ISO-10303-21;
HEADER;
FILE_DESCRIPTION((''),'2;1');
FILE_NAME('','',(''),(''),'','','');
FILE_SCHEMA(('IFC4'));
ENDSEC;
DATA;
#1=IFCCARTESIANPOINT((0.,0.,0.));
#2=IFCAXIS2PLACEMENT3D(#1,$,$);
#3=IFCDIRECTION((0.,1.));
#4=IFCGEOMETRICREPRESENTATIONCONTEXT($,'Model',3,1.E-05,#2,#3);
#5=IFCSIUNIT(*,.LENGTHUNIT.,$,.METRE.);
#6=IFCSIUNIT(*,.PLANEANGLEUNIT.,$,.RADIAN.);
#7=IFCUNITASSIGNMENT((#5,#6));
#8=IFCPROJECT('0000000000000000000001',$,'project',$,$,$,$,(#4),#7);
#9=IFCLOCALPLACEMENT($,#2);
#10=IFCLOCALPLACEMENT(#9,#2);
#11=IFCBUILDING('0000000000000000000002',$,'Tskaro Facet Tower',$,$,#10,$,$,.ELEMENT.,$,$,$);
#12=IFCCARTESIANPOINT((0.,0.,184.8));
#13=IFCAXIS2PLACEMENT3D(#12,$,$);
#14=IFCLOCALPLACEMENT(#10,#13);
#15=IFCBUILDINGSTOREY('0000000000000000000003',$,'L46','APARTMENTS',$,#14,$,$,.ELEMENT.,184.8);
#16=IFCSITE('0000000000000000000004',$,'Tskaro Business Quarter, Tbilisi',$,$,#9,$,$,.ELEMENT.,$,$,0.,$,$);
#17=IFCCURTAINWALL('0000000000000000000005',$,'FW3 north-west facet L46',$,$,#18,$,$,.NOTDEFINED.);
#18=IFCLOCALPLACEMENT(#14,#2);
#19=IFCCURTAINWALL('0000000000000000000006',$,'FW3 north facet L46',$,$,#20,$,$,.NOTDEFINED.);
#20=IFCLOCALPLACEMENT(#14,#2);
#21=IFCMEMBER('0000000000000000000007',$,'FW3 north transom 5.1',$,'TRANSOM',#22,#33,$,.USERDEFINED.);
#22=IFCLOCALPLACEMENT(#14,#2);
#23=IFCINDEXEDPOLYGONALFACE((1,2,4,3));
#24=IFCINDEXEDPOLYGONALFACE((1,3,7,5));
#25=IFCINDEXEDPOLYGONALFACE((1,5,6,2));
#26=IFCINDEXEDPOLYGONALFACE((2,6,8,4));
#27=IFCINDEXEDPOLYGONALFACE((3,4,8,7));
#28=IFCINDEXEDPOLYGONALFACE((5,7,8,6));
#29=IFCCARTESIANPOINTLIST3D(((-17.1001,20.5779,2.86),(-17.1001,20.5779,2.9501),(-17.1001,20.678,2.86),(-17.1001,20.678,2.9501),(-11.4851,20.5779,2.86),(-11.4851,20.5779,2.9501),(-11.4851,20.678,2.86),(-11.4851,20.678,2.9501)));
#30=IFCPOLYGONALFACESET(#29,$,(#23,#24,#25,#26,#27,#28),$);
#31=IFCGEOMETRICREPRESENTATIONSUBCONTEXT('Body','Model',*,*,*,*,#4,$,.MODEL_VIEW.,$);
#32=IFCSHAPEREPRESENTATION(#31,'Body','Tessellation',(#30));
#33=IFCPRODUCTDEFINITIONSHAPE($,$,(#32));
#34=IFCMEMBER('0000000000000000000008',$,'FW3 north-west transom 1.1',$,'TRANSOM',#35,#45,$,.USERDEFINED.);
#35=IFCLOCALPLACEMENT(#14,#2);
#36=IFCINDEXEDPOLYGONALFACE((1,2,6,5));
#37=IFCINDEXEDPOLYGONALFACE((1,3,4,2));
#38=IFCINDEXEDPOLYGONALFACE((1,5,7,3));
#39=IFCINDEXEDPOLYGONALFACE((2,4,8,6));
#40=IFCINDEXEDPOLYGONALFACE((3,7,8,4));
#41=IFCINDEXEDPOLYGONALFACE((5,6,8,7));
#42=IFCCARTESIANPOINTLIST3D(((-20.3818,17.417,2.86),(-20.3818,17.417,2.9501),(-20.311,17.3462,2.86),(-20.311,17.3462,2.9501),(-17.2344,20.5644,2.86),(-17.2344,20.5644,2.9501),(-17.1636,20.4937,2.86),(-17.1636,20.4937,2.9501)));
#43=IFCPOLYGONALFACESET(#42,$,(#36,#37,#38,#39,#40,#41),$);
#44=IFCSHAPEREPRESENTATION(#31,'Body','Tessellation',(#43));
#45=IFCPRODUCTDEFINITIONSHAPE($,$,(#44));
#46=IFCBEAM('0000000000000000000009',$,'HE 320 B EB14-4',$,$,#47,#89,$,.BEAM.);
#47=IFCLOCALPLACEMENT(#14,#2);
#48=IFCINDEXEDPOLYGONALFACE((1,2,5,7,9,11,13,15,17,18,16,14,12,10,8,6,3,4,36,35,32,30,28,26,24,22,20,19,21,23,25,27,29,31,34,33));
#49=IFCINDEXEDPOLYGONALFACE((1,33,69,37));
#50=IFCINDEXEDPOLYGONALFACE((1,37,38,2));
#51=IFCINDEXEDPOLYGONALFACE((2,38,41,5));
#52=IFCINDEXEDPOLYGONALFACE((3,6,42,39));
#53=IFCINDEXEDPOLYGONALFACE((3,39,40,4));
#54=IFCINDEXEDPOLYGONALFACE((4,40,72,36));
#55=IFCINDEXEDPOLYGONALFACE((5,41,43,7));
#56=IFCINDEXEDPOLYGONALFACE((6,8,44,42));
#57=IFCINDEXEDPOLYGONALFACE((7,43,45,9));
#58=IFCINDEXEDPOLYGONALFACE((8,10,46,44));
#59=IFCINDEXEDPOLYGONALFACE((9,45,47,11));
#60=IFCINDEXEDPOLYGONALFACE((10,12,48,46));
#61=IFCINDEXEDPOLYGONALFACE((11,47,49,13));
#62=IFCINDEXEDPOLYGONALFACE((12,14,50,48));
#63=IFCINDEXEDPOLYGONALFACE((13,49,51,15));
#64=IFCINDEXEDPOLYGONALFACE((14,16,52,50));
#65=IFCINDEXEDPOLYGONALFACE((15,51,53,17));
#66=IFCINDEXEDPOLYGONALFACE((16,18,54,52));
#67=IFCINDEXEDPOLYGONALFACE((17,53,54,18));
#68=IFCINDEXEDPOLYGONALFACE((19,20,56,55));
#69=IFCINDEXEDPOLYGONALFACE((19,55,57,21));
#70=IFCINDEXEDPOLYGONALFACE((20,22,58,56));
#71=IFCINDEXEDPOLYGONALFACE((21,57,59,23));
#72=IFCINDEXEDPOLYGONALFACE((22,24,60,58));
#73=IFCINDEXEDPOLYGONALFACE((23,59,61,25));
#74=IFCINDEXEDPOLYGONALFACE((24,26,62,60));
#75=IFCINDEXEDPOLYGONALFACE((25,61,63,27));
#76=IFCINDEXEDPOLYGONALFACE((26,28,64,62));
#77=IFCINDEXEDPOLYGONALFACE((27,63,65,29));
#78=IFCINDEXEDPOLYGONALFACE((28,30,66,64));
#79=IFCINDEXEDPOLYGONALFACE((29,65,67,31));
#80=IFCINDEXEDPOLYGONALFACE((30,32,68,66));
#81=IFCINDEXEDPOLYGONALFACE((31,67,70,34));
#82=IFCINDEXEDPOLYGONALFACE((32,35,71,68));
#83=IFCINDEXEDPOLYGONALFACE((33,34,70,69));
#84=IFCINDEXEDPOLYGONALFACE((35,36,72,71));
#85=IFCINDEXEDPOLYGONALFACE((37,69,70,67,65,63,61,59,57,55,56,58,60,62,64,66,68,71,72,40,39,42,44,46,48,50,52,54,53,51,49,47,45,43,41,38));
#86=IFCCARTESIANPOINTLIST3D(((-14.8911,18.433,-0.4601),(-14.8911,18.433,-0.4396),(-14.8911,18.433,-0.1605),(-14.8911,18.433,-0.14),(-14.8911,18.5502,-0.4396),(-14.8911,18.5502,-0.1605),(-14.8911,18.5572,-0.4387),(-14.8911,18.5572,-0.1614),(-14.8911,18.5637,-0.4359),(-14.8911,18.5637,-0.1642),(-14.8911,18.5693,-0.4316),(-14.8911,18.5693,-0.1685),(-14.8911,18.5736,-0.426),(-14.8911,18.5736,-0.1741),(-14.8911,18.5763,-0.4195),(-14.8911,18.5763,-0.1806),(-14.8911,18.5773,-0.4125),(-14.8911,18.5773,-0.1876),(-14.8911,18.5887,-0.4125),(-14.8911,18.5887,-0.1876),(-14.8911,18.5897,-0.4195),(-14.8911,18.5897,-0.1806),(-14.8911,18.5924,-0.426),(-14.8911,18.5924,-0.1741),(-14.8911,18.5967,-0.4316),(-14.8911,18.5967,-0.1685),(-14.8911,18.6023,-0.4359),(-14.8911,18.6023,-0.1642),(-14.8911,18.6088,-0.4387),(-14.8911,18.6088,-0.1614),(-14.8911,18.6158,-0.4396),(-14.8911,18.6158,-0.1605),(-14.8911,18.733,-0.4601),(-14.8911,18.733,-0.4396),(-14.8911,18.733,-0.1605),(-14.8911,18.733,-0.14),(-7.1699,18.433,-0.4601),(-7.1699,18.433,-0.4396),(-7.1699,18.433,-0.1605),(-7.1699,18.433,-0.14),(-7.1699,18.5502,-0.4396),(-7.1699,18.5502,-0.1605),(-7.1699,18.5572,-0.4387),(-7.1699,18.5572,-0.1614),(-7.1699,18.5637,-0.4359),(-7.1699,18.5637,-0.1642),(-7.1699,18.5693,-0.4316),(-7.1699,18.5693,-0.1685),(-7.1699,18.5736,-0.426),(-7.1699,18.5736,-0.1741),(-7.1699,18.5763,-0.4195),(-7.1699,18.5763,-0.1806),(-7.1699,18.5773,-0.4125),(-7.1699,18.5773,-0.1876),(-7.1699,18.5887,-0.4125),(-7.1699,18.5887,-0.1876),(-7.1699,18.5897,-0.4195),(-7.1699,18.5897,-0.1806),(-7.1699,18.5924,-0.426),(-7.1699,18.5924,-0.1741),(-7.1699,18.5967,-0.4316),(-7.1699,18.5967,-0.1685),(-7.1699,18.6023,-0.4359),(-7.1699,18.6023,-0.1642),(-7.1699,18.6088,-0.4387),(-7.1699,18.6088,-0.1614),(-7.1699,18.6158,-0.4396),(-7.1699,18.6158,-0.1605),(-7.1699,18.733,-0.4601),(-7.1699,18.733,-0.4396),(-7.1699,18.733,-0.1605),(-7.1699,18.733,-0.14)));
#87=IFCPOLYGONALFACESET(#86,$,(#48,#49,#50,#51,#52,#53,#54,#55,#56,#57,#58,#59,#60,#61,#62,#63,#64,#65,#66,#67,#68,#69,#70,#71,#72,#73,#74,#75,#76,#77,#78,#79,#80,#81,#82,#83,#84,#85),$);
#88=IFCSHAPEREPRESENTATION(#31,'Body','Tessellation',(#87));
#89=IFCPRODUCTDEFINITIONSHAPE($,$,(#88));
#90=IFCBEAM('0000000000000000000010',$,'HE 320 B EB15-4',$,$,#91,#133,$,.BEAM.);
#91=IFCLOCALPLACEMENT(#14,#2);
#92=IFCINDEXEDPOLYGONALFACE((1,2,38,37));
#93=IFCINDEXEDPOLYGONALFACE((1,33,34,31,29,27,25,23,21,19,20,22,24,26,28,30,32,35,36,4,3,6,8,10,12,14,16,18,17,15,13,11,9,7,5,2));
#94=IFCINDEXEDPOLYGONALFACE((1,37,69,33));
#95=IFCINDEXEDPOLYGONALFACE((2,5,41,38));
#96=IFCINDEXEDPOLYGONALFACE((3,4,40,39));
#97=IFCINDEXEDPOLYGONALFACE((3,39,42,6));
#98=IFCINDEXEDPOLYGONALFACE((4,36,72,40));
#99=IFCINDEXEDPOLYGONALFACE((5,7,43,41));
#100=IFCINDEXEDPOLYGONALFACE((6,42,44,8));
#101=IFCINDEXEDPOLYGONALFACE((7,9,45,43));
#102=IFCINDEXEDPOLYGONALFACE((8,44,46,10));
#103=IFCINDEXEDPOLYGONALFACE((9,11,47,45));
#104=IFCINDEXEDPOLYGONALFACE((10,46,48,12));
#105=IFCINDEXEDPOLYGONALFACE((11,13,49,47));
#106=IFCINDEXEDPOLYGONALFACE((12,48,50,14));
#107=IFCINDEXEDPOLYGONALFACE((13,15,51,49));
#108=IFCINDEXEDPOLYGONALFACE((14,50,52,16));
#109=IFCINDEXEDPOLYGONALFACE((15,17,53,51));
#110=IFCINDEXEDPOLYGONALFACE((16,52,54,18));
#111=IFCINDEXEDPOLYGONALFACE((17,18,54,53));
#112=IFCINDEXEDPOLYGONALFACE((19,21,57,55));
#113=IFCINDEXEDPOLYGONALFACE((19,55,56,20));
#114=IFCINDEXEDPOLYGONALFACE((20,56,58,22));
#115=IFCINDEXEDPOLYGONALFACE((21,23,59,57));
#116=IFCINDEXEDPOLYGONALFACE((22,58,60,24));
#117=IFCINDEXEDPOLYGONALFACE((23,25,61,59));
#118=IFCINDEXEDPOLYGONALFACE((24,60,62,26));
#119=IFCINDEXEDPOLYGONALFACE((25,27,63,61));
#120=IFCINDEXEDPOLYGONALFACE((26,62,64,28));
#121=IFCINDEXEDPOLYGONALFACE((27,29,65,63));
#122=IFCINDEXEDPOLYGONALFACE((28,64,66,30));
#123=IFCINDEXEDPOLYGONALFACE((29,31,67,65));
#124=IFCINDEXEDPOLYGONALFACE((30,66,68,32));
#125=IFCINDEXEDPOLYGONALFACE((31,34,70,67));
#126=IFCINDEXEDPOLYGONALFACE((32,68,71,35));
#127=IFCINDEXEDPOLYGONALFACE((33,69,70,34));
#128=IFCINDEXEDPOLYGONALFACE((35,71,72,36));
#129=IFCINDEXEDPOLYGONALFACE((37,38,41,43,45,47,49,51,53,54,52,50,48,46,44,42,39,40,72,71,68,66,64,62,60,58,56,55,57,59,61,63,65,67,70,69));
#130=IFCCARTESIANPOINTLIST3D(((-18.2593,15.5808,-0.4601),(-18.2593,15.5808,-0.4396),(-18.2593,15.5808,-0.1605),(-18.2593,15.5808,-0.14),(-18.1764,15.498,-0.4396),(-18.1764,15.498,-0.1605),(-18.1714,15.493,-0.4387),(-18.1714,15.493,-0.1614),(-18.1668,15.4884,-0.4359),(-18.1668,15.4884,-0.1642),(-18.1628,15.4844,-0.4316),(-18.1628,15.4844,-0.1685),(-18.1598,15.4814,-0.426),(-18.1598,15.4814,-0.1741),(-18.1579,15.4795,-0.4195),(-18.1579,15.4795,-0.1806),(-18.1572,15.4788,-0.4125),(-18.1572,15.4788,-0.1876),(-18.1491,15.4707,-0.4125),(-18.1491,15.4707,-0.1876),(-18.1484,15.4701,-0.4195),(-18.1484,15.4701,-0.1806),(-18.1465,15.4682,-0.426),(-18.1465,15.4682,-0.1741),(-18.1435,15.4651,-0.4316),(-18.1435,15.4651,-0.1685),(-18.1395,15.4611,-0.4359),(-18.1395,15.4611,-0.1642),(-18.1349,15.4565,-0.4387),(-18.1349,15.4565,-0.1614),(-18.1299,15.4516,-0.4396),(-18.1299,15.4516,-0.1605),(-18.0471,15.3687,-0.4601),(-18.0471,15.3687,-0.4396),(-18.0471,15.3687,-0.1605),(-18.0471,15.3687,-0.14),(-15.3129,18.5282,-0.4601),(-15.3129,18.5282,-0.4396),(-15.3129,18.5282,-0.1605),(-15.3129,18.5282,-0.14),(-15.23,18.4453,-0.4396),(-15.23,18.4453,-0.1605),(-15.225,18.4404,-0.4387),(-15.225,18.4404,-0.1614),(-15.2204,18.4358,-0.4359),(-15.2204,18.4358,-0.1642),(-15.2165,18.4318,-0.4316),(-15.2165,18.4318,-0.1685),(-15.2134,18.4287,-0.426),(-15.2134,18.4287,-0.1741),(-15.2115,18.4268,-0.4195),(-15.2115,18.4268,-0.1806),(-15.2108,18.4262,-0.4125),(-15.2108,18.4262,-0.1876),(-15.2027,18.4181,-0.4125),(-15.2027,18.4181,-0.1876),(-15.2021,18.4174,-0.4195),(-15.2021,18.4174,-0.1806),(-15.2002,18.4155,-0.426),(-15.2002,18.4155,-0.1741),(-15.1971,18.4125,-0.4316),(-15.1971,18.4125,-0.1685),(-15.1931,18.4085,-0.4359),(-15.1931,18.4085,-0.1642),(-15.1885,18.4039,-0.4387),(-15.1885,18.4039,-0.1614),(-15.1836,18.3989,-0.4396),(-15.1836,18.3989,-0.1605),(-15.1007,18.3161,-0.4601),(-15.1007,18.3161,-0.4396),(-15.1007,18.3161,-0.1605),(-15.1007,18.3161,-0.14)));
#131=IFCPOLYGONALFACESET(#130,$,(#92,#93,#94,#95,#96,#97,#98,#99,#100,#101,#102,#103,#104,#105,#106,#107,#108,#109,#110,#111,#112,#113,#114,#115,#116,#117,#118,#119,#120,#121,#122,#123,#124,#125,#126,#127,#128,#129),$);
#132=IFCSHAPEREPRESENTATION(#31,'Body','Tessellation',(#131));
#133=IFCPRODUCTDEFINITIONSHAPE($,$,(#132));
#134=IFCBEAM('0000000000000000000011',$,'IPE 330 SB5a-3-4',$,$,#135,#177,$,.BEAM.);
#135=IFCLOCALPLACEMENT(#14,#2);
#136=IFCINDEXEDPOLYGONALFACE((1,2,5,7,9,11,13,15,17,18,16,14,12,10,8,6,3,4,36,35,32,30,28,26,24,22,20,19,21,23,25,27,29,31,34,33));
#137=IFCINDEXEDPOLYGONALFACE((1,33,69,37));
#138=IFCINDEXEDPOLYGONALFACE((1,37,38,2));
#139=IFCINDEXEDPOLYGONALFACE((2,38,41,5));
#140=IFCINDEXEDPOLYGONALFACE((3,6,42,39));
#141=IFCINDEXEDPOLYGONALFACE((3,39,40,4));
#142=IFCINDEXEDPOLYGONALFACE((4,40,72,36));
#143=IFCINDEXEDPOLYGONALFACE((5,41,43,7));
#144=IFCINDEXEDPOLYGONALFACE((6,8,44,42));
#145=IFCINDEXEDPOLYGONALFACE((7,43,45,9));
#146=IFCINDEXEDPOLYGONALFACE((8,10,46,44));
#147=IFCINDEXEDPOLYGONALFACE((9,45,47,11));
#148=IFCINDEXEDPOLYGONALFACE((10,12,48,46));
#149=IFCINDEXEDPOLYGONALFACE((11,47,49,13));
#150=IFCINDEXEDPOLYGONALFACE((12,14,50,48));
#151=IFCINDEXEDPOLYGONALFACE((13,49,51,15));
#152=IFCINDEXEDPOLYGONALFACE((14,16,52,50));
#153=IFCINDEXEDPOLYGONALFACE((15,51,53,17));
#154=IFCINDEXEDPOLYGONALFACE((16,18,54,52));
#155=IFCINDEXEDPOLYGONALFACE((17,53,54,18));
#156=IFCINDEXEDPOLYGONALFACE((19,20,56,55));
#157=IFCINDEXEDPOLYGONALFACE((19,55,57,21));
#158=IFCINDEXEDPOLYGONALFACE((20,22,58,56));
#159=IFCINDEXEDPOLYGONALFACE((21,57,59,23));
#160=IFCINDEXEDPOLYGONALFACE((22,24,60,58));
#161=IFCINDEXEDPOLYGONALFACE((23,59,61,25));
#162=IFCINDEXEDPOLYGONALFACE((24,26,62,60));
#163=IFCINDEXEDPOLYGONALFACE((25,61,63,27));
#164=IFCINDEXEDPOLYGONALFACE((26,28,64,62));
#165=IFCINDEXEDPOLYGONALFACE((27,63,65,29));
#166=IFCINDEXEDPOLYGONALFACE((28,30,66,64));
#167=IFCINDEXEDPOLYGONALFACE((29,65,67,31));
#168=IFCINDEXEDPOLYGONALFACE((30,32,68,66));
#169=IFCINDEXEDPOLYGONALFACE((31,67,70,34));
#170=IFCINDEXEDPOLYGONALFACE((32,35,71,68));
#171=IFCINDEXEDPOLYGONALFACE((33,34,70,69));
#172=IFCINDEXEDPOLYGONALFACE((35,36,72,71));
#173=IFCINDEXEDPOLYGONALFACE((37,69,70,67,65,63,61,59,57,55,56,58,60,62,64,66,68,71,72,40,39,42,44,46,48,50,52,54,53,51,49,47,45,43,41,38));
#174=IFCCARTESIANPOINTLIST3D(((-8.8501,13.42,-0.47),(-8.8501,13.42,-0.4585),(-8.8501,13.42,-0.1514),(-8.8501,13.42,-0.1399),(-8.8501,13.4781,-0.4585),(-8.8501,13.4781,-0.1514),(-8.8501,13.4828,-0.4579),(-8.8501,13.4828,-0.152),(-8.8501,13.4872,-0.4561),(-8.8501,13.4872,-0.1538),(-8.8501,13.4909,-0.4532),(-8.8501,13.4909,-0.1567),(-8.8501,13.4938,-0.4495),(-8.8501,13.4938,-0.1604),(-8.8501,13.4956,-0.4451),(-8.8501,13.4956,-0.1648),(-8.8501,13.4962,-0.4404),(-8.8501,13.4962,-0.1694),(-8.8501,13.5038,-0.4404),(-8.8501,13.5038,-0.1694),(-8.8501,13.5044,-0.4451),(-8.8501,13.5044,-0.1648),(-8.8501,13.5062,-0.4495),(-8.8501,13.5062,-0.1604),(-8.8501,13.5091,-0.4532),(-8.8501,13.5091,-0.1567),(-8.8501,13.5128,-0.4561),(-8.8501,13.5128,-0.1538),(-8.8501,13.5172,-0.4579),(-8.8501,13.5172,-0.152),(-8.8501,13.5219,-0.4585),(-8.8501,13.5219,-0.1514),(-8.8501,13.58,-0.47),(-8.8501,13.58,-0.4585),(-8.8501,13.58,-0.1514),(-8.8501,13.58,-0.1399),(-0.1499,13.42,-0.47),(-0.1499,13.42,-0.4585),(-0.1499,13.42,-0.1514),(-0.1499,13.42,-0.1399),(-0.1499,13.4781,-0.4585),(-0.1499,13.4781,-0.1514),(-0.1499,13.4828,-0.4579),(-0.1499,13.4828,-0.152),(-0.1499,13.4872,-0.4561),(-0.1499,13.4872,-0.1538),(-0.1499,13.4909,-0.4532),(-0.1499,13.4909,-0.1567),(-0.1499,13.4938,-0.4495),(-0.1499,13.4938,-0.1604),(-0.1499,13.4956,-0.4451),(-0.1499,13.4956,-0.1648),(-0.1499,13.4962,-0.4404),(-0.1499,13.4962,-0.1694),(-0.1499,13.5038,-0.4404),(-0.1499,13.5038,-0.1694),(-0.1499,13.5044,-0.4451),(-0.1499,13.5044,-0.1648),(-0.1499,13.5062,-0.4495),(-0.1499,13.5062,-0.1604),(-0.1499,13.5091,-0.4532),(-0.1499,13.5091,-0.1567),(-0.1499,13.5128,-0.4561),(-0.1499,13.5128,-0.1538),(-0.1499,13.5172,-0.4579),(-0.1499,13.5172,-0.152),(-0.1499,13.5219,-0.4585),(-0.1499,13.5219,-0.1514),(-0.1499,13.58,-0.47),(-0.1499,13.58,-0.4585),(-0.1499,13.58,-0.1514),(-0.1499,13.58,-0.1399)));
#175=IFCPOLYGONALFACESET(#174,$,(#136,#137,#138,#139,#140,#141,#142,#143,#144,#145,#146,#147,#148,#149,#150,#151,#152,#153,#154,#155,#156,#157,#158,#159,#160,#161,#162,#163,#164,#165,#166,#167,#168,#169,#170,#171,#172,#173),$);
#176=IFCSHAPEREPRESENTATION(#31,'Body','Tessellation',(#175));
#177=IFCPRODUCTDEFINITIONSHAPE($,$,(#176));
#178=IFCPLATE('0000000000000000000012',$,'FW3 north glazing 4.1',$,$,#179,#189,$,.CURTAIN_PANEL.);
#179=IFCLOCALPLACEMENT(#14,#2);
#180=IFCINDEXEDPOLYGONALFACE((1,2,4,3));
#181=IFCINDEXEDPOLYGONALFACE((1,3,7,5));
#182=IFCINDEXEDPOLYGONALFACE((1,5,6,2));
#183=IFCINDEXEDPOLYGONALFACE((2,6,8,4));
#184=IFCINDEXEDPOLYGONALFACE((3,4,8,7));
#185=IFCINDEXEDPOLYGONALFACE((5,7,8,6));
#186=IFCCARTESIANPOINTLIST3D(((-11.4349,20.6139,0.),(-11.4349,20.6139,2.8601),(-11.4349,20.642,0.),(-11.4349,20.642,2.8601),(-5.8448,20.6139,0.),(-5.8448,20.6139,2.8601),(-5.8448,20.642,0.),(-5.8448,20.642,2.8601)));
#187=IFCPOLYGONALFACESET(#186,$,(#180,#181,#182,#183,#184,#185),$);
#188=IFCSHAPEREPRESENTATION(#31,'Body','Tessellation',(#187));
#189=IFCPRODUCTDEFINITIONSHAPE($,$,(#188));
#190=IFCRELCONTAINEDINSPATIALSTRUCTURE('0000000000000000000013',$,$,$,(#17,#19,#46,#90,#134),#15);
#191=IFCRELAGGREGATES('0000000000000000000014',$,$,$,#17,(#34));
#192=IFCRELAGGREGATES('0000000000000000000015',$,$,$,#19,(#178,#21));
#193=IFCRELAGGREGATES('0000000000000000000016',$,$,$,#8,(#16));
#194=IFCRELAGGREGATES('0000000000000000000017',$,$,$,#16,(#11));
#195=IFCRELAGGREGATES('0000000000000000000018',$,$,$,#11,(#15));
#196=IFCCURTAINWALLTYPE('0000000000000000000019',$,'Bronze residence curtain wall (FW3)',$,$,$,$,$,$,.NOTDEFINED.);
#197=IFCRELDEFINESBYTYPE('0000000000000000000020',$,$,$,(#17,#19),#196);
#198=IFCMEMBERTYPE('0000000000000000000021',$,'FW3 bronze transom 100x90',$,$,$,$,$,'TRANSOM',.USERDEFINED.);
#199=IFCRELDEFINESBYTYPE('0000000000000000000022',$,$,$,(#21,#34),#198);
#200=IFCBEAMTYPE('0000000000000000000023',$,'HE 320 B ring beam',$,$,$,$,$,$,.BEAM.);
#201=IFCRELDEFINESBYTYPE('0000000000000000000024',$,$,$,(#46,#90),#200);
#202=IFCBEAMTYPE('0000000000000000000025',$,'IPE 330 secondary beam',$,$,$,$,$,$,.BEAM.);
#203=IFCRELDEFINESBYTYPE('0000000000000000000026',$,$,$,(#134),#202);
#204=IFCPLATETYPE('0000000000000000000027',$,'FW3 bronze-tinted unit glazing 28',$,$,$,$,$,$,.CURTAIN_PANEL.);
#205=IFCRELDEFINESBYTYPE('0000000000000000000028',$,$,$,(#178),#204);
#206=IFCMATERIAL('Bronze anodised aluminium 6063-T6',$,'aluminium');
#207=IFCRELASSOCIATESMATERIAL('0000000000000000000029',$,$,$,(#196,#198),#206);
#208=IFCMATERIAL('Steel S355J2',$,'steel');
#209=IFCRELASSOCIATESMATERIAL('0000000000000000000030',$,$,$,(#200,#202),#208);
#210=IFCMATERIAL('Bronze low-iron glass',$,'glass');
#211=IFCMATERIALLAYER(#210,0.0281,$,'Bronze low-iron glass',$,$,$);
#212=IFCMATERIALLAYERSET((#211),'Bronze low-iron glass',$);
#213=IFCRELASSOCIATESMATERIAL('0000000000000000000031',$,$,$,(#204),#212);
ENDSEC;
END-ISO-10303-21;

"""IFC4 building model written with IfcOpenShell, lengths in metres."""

from ifc_helpers import new_model, si_unit, direction, frame, origin, origin_2d, place, context, subcontext, project, spatial, rectangle, i_section, extrude, material, layer, layer_set, material_profile, profile_set, type_object, element, aggregate, save


model = new_model("IFC4")

# Units and contexts
model_context = context("Model", 3, precision=1e-05, world=origin(), true_north=direction((0.0, 1.0)))
body_context = subcontext(model_context, "Body", "Model", "MODEL_VIEW")
ifc_project = project(units=[si_unit("LENGTHUNIT", "METRE"), si_unit("PLANEANGLEUNIT", "RADIAN")], contexts=[model_context])

# Site, building, storey
site_placement = place(None, origin())
site = spatial("IfcSite", under=ifc_project, at=site_placement, Name="Tskaro Business Quarter, Tbilisi", CompositionType="ELEMENT", RefElevation=0.0)
building_placement = place(site_placement, origin())
building = spatial("IfcBuilding", under=site, at=building_placement, Name="Tskaro Facet Tower", CompositionType="ELEMENT")
storey_placement = place(building_placement, frame((0.0, 0.0, 184.8)))
storey = spatial("IfcBuildingStorey", under=building, at=storey_placement, Name="L46", Description="APARTMENTS", CompositionType="ELEMENT", Elevation=184.8)

# Curtain wall
ifc_material_1 = material(Name="Bronze anodised aluminium 6063-T6", Category="aluminium")
curtain_wall_type = type_object("IfcCurtainWallType", Name="Bronze residence curtain wall (FW3)", PredefinedType="NOTDEFINED", material=ifc_material_1)
curtain_wall_1_placement = place(storey_placement, origin())
curtain_wall_1 = element("IfcCurtainWall", 1, at=curtain_wall_1_placement, inside=storey, type_object=curtain_wall_type, Name="FW3 north-west facet L46", PredefinedType="NOTDEFINED")

# Curtain wall, member
curtain_wall_2_placement = place(storey_placement, origin())
curtain_wall_2 = element("IfcCurtainWall", 2, at=curtain_wall_2_placement, inside=storey, type_object=curtain_wall_type, Name="FW3 north facet L46", PredefinedType="NOTDEFINED")
ifc_material_profile_1 = material_profile(ifc_material_1, rectangle(XDim=0.1001, YDim=0.0901, at=origin_2d()), Name="Transom 100x90")
ifc_profile_set_1 = profile_set([ifc_material_profile_1], Name="Bronze anodised aluminium 6063-T6")
member_type_1 = type_object("IfcMemberType", Name="FW3 bronze transom 100x90", ElementType="TRANSOM", PredefinedType="USERDEFINED", material=ifc_profile_set_1)
member_1_placement = place(storey_placement, frame((-11.4851, 20.6279, 2.905), z_axis=(-1.0, 0.0, 0.0), x_axis=(0.0, -1.0, 0.0)))
member_1 = element("IfcMember", 3, at=member_1_placement, type_object=member_type_1, Name="FW3 north transom 5.1", ObjectType="TRANSOM", PredefinedType="USERDEFINED", context=body_context, shape_type="SweptSolid", body=[
    extrude(rectangle(XDim=0.1001, YDim=0.0901, at=origin_2d()), origin(), (0.0, 0.0, 1.0), 5.615),
])

# Member
member_2_placement = place(storey_placement, frame((-17.199, 20.5291, 2.905), z_axis=(-0.707107, -0.707107, 0.0), x_axis=(0.707107, -0.707107, 0.0)))
member_2 = element("IfcMember", 4, at=member_2_placement, type_object=member_type_1, Name="FW3 north-west transom 1.1", ObjectType="TRANSOM", PredefinedType="USERDEFINED", context=body_context, shape_type="SweptSolid", body=[
    extrude(rectangle(XDim=0.1001, YDim=0.0901, at=origin_2d()), origin(), (0.0, 0.0, 1.0), 4.4512),
])
aggregate(curtain_wall_1, [member_2])

# Beams
ifc_material_2 = material(Name="Steel S355J2", Category="steel")
ifc_material_profile_2 = material_profile(ifc_material_2, i_section(OverallWidth=0.3, OverallDepth=0.3201, WebThickness=0.0115, FlangeThickness=0.0205, FilletRadius=0.0271, at=origin_2d()), Name="HE 320 B")
ifc_profile_set_2 = profile_set([ifc_material_profile_2], Name="Steel S355J2")
beam_type_1 = type_object("IfcBeamType", Name="HE 320 B ring beam", PredefinedType="BEAM", material=ifc_profile_set_2)
beam_1_placement = place(storey_placement, frame((-7.1699, 18.583, -0.3), z_axis=(-1.0, 0.0, 0.0), x_axis=(0.0, -1.0, 0.0)))
element("IfcBeam", 5, at=beam_1_placement, inside=storey, type_object=beam_type_1, Name="HE 320 B EB14-4", PredefinedType="BEAM", context=body_context, shape_type="SweptSolid", body=[
    extrude(i_section(OverallWidth=0.3, OverallDepth=0.3201, WebThickness=0.0115, FlangeThickness=0.0205, FilletRadius=0.0271, at=origin_2d()), origin(), (0.0, 0.0, 1.0), 7.7212),
])
beam_2_placement = place(storey_placement, frame((-15.2068, 18.4221, -0.3), z_axis=(-0.70699, -0.707224, 0.0), x_axis=(0.707224, -0.70699, 0.0)))
element("IfcBeam", 6, at=beam_2_placement, inside=storey, type_object=beam_type_1, Name="HE 320 B EB15-4", PredefinedType="BEAM", context=body_context, shape_type="SweptSolid", body=[
    extrude(i_section(OverallWidth=0.3, OverallDepth=0.3201, WebThickness=0.0115, FlangeThickness=0.0205, FilletRadius=0.0271, at=origin_2d()), origin(), (0.0, 0.0, 1.0), 4.1675),
])
ifc_material_profile_3 = material_profile(ifc_material_2, i_section(OverallWidth=0.1599, OverallDepth=0.3301, WebThickness=0.0076, FlangeThickness=0.0115, FilletRadius=0.0181, at=origin_2d()), Name="IPE 330")
ifc_profile_set_3 = profile_set([ifc_material_profile_3], Name="Steel S355J2")
beam_type_2 = type_object("IfcBeamType", Name="IPE 330 secondary beam", PredefinedType="BEAM", material=ifc_profile_set_3)
beam_3_placement = place(storey_placement, frame((-8.8501, 13.5, -0.3049), z_axis=(1.0, 0.0, 0.0), x_axis=(0.0, 1.0, 0.0)))
element("IfcBeam", 7, at=beam_3_placement, inside=storey, type_object=beam_type_2, Name="IPE 330 SB5a-3-4", PredefinedType="BEAM", context=body_context, shape_type="SweptSolid", body=[
    extrude(i_section(OverallWidth=0.1599, OverallDepth=0.3301, WebThickness=0.0076, FlangeThickness=0.0115, FilletRadius=0.0181, at=origin_2d()), origin(), (0.0, 0.0, 1.0), 8.7002),
])

# Plate
ifc_material_3 = material(Name="Bronze low-iron glass", Category="glass")
ifc_layer_1 = layer(ifc_material_3, 0.0281, Name="Bronze low-iron glass")
ifc_layer_set_1 = layer_set([ifc_layer_1], Name="Bronze low-iron glass")
plate_type = type_object("IfcPlateType", Name="FW3 bronze-tinted unit glazing 28", PredefinedType="CURTAIN_PANEL", material=ifc_layer_set_1)
plate_1_placement = place(storey_placement, frame((-8.6399, 20.6279, 0.0), z_axis=(0.0, 0.0, 1.0), x_axis=(-1.0, 0.0, 0.0)))
plate_1 = element("IfcPlate", 8, at=plate_1_placement, type_object=plate_type, Name="FW3 north glazing 4.1", PredefinedType="CURTAIN_PANEL", context=body_context, shape_type="SweptSolid", body=[
    extrude(rectangle(XDim=5.5901, YDim=0.0281, at=origin_2d()), origin(), (0.0, 0.0, 1.0), 2.8601),
])
aggregate(curtain_wall_2, [plate_1, member_1])

save(model, "model.ifc")
